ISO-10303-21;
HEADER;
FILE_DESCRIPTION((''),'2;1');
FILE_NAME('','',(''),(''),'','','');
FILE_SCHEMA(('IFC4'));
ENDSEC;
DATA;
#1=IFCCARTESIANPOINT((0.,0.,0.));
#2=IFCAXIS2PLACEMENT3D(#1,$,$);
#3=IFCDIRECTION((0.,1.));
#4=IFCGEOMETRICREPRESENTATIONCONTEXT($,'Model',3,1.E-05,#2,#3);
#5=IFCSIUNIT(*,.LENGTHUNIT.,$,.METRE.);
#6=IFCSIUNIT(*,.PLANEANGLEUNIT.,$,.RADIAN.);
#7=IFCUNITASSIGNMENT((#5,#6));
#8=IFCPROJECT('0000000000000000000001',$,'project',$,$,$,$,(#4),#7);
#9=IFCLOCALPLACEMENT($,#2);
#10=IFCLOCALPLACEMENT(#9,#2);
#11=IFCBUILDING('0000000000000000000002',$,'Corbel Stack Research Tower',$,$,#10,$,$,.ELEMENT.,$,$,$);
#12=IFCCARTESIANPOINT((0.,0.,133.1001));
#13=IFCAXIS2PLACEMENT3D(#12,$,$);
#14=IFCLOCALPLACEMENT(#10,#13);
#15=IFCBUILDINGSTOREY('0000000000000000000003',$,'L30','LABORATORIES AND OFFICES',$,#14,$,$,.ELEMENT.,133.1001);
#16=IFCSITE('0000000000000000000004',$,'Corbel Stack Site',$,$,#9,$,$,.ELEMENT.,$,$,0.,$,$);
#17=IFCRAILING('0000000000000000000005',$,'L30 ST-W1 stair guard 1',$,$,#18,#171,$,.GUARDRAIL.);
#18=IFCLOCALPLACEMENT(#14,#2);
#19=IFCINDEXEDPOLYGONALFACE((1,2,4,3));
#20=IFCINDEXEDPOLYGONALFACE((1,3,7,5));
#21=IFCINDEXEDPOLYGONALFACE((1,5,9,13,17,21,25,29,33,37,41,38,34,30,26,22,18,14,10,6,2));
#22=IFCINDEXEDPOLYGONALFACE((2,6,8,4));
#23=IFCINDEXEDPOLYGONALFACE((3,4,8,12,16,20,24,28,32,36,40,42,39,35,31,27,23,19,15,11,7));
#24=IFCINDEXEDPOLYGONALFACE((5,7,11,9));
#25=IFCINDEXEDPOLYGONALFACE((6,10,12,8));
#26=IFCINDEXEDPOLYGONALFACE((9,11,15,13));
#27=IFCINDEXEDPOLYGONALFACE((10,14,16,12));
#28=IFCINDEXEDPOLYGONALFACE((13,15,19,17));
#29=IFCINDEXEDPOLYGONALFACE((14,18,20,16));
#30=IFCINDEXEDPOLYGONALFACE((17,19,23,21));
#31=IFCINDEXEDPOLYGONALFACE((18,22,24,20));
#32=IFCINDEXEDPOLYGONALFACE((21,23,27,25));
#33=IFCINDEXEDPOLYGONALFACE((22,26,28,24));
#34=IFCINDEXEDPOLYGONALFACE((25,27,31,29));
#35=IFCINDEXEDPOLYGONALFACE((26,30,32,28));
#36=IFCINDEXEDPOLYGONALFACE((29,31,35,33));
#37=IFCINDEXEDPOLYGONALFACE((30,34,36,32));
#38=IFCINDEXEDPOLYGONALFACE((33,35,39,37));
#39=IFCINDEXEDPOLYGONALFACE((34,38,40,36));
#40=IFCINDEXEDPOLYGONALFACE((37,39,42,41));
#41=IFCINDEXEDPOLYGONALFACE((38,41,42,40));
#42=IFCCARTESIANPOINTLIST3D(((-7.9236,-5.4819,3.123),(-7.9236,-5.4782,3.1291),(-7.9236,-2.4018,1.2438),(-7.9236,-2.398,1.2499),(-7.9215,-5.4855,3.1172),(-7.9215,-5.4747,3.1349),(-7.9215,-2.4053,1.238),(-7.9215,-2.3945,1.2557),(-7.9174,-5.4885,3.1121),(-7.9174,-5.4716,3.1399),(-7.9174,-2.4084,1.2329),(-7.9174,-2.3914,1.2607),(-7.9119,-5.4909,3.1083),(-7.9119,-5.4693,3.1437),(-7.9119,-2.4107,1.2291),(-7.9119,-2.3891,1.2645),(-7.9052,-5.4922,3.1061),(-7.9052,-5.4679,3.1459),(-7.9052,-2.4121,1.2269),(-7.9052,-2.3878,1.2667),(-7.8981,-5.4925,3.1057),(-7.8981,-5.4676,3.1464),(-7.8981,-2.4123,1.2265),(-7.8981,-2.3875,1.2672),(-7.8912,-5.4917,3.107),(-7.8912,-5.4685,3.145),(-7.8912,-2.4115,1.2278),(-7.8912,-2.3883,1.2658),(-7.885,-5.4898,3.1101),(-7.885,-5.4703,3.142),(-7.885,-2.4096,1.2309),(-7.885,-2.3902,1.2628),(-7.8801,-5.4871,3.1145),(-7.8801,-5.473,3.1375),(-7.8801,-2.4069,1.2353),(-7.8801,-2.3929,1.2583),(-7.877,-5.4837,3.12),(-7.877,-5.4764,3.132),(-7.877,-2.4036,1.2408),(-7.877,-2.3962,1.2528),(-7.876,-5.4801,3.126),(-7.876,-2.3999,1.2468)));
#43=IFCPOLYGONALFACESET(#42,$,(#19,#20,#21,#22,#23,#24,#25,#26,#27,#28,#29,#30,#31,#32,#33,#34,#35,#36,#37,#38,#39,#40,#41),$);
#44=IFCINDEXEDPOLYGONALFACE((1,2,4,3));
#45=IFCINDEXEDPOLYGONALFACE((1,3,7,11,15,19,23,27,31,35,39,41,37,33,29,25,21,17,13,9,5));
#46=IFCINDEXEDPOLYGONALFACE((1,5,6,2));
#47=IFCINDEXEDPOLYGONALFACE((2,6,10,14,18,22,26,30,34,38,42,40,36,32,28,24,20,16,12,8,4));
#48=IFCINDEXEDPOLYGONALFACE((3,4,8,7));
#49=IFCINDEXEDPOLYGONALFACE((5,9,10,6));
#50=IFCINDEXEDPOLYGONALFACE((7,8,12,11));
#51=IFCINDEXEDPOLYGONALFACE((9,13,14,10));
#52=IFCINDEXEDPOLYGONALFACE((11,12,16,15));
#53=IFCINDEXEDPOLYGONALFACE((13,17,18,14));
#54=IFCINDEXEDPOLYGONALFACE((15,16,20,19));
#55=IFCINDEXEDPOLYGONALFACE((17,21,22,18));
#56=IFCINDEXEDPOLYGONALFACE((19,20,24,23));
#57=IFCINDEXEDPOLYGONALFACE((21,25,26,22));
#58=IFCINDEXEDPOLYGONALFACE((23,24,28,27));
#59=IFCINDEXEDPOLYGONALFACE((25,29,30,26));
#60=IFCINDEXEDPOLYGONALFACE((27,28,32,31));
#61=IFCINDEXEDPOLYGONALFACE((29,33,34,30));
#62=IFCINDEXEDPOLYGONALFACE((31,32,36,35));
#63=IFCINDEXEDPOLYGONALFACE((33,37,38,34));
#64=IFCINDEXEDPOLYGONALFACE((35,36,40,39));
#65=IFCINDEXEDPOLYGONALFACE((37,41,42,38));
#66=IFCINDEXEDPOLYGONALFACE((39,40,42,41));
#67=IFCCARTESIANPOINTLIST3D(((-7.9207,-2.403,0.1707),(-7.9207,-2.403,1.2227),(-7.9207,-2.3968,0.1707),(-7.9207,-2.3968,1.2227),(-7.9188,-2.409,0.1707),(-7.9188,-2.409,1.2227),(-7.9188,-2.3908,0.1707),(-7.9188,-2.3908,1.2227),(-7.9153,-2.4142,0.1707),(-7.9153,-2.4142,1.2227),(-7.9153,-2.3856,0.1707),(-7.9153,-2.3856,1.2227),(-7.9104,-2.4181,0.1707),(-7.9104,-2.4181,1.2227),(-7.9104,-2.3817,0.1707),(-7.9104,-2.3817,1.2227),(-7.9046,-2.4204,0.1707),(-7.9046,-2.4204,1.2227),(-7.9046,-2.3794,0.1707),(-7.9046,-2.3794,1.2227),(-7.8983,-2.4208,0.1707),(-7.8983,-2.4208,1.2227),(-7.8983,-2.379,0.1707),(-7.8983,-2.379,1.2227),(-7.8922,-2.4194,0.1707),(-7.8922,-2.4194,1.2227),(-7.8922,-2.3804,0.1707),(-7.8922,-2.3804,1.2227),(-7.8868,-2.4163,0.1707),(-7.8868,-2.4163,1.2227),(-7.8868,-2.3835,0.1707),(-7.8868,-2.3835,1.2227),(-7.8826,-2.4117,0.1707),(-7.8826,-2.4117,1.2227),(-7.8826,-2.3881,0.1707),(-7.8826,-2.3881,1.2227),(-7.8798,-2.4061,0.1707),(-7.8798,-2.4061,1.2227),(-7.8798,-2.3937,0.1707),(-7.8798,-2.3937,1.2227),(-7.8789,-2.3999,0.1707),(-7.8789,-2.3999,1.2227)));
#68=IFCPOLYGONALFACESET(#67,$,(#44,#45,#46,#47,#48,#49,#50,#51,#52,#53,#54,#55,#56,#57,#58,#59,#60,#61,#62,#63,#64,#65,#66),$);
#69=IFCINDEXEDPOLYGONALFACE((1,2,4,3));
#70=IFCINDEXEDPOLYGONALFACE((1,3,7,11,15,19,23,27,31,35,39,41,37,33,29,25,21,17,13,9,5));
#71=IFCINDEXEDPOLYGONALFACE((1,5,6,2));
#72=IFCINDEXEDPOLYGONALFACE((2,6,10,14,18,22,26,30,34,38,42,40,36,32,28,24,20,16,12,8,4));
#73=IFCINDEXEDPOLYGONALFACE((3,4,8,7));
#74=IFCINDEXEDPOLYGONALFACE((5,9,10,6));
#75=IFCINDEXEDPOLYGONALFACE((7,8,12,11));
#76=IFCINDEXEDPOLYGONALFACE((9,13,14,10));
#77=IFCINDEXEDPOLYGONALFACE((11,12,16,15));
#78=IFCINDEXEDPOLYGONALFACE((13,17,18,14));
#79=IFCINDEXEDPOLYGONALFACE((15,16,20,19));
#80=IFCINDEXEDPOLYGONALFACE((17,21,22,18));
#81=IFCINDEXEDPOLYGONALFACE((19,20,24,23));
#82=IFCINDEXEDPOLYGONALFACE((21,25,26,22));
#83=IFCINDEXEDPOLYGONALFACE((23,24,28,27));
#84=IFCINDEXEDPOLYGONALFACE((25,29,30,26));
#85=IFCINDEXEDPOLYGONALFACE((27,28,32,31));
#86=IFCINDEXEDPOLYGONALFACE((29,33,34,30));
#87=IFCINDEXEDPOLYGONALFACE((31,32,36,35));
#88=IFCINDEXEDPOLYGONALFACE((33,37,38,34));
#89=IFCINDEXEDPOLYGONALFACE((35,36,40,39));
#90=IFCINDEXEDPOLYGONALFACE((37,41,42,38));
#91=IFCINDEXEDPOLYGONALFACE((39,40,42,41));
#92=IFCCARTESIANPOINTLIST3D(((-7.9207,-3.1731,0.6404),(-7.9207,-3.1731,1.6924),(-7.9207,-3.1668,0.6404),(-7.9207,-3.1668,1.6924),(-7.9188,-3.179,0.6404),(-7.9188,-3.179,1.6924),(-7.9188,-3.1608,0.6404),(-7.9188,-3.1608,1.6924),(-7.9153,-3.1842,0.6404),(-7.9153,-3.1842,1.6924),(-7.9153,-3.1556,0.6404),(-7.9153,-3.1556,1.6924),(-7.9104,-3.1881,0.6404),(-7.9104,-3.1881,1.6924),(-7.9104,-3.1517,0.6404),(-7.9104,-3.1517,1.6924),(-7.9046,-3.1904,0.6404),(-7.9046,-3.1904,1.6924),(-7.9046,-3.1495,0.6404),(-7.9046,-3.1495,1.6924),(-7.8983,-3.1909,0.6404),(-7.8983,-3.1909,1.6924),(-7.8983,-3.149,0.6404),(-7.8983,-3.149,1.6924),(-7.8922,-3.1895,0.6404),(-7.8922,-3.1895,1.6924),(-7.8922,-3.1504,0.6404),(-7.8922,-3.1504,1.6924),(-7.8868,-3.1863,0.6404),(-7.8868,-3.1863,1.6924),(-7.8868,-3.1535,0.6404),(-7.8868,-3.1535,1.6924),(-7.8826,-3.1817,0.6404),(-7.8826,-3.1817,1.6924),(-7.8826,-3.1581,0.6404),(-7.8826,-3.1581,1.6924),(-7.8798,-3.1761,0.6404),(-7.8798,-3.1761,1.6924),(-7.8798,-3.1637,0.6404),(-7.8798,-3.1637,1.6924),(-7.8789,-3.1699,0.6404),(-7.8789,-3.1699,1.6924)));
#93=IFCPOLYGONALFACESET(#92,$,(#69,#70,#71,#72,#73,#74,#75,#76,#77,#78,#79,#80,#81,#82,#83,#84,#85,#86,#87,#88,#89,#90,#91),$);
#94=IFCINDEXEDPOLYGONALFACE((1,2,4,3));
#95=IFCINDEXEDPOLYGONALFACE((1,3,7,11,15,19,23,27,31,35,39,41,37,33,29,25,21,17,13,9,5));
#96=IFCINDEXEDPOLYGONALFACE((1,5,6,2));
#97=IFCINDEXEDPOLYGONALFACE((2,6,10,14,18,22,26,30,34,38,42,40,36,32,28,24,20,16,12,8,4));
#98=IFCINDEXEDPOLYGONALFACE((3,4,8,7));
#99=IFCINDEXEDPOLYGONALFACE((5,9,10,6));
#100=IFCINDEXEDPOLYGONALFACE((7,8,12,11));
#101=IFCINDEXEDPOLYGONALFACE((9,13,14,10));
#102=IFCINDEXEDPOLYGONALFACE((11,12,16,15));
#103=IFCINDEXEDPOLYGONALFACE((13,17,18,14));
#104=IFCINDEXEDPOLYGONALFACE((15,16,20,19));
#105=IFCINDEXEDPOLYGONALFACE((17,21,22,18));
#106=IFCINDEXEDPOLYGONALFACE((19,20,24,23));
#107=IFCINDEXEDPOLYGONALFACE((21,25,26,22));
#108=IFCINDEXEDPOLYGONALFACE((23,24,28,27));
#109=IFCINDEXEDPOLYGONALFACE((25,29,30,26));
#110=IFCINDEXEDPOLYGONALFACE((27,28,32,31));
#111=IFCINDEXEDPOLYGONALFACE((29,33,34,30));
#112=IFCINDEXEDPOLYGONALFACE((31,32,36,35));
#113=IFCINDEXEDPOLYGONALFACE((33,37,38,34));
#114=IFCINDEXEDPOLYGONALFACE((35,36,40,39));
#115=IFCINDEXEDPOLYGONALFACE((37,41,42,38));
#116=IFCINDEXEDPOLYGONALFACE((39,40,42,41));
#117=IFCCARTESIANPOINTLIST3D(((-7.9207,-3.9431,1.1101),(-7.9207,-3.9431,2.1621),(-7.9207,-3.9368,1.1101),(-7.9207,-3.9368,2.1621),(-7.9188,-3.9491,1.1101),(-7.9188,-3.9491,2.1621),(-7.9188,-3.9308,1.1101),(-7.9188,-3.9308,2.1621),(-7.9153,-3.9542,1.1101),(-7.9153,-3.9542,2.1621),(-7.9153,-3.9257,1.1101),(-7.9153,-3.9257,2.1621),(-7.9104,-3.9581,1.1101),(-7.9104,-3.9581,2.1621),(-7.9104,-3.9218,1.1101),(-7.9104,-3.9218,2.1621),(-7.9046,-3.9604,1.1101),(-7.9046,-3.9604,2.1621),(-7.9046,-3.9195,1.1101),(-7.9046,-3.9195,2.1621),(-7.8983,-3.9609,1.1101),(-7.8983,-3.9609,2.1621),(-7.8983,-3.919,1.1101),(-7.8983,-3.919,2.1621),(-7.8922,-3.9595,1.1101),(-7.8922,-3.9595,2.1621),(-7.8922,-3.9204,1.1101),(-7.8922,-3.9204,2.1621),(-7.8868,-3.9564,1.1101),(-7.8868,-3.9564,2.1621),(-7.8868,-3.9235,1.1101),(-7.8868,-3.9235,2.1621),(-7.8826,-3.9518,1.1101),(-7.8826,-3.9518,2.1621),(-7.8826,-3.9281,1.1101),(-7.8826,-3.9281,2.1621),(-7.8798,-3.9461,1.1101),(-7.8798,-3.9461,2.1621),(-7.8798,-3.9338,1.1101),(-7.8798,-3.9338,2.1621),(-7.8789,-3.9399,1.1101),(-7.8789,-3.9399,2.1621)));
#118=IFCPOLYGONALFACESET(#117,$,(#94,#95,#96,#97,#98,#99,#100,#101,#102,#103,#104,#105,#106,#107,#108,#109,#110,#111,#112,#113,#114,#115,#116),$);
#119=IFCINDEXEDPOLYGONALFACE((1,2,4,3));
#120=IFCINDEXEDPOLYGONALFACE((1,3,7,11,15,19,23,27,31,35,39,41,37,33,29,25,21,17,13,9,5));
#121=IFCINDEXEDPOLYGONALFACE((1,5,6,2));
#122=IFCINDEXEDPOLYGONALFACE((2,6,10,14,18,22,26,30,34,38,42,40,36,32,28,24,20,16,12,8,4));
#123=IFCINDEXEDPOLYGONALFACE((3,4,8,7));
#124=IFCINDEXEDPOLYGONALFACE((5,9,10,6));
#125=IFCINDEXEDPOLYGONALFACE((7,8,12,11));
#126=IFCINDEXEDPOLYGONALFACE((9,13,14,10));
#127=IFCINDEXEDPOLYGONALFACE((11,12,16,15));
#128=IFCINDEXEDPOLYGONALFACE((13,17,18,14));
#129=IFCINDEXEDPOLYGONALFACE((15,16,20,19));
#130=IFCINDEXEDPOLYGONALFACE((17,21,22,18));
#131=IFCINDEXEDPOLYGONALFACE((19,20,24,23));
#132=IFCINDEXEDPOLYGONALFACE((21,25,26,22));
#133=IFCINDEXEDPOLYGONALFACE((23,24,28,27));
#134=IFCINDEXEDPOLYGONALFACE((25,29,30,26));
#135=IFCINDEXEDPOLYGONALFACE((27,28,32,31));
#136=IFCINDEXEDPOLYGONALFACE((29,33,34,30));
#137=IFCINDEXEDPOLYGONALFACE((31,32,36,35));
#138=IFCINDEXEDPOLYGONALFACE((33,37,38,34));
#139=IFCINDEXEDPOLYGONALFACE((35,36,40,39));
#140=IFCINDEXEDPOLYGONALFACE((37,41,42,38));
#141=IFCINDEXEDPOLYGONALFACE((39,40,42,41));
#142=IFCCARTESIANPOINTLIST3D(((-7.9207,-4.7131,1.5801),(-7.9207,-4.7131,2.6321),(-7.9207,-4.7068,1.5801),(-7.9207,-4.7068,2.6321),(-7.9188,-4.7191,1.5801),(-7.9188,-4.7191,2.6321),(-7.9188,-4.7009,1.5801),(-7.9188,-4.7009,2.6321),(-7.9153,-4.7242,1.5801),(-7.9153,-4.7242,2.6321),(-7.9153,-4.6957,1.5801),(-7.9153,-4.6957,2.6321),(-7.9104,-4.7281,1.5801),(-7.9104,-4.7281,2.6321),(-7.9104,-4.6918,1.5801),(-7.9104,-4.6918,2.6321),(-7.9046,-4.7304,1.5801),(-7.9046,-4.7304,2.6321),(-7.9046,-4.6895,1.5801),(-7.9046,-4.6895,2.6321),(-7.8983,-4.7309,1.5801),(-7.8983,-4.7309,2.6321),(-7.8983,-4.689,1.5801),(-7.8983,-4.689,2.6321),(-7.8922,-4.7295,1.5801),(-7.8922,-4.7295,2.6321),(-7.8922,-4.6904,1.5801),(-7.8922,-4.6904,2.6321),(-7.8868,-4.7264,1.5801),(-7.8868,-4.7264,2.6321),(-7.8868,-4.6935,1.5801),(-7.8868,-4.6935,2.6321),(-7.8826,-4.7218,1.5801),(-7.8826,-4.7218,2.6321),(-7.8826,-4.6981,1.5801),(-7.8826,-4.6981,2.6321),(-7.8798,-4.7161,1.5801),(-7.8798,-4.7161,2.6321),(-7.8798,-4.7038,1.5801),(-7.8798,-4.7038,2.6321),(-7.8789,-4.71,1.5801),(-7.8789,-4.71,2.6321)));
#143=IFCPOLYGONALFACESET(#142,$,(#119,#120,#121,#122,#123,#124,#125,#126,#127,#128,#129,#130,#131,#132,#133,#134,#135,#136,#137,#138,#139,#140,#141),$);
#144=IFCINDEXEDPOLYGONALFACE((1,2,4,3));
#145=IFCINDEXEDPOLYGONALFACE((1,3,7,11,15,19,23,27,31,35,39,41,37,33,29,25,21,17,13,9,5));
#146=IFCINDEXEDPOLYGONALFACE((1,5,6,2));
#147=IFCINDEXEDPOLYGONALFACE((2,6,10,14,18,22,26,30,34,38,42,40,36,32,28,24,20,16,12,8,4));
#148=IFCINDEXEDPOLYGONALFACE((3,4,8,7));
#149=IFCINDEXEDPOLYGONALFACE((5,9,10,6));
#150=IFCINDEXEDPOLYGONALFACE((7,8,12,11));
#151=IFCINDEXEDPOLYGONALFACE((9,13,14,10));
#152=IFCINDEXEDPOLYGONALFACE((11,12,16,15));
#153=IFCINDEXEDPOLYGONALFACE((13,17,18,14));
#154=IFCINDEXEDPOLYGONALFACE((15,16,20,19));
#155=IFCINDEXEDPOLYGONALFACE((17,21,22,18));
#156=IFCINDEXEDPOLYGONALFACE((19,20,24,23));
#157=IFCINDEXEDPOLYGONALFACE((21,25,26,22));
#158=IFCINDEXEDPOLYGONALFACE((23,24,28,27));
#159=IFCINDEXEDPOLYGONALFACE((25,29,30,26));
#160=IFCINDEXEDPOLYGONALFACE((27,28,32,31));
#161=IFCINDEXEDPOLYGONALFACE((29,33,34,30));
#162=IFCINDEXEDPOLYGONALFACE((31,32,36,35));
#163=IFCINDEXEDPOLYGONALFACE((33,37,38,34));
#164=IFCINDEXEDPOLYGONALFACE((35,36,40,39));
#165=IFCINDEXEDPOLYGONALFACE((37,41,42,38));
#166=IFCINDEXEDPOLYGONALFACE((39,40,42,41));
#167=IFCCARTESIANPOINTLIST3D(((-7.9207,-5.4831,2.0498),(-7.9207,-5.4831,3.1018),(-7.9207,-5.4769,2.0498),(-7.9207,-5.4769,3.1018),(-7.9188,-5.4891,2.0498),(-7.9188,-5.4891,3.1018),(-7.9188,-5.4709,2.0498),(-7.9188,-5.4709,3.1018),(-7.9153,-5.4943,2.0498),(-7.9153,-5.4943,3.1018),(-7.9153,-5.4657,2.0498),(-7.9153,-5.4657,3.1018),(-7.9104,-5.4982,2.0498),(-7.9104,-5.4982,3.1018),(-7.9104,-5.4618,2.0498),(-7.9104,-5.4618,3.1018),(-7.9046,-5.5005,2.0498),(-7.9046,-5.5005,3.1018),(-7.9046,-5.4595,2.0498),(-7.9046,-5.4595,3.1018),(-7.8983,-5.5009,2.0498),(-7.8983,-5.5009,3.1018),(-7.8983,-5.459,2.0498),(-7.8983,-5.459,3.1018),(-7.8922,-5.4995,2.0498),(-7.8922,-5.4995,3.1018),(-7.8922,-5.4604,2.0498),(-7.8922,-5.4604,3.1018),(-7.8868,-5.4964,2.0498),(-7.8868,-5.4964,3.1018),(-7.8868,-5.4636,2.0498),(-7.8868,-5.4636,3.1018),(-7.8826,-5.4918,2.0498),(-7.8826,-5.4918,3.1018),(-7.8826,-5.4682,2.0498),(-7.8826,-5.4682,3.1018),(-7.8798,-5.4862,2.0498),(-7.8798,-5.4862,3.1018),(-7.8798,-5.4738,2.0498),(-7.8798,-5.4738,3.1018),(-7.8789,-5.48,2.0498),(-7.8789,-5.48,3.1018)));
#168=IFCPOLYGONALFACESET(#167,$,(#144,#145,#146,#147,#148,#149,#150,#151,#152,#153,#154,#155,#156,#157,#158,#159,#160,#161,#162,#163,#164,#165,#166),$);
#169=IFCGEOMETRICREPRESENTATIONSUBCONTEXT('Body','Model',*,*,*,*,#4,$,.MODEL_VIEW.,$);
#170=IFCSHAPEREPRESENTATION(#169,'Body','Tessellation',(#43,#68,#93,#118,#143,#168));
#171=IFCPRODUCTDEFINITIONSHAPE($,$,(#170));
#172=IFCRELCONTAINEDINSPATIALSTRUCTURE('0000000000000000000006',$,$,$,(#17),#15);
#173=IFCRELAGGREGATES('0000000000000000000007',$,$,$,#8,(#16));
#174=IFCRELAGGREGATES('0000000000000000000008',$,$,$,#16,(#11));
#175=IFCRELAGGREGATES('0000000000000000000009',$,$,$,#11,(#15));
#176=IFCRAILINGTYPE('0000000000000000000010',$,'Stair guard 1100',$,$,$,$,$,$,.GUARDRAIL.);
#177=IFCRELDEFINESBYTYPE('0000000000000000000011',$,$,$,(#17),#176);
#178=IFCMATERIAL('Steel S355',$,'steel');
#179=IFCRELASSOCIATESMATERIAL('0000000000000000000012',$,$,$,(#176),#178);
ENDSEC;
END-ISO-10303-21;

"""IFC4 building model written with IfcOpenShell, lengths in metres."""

from ifc_helpers import new_model, si_unit, direction, frame, origin, origin_2d, place, context, subcontext, project, spatial, circle, extrude, material, type_object, element, save


model = new_model("IFC4")

# Units and contexts
model_context = context("Model", 3, precision=1e-05, world=origin(), true_north=direction((0.0, 1.0)))
body_context = subcontext(model_context, "Body", "Model", "MODEL_VIEW")
ifc_project = project(units=[si_unit("LENGTHUNIT", "METRE"), si_unit("PLANEANGLEUNIT", "RADIAN")], contexts=[model_context])

# Site, building, storey
site_placement = place(None, origin())
site = spatial("IfcSite", under=ifc_project, at=site_placement, Name="Corbel Stack Site", CompositionType="ELEMENT", RefElevation=0.0)
building_placement = place(site_placement, origin())
building = spatial("IfcBuilding", under=site, at=building_placement, Name="Corbel Stack Research Tower", CompositionType="ELEMENT")
storey_placement = place(building_placement, frame((0.0, 0.0, 133.1001)))
storey = spatial("IfcBuildingStorey", under=building, at=storey_placement, Name="L30", Description="LABORATORIES AND OFFICES", CompositionType="ELEMENT", Elevation=133.1001)

# Railing
ifc_material_1 = material(Name="Steel S355", Category="steel")
railing_type_1 = type_object("IfcRailingType", Name="Stair guard 1100", PredefinedType="GUARDRAIL", material=ifc_material_1)
railing_1_placement = place(storey_placement, frame((-7.8999, -2.3999, 0.1707)))
element("IfcRailing", 1, at=railing_1_placement, inside=storey, type_object=railing_type_1, Name="L30 ST-W1 stair guard 1", PredefinedType="GUARDRAIL", context=body_context, shape_type="SweptSolid", body=[
    extrude(circle(Radius=0.0239, at=origin_2d()), frame((0.0, 0.0, 1.0762), z_axis=(0.0, -0.853666, 0.52082), x_axis=(1.0, 0.0, 0.0)), (0.0, 0.0, 1.0), 3.6082),
    extrude(circle(Radius=0.021, at=origin_2d()), origin(), (0.0, 0.0, 1.0), 1.052),
    extrude(circle(Radius=0.021, at=origin_2d()), frame((0.0, -0.77, 0.4697)), (0.0, 0.0, 1.0), 1.052),
    extrude(circle(Radius=0.021, at=origin_2d()), frame((0.0, -1.54, 0.9395)), (0.0, 0.0, 1.0), 1.052),
    extrude(circle(Radius=0.021, at=origin_2d()), frame((0.0, -2.3101, 1.4094)), (0.0, 0.0, 1.0), 1.052),
    extrude(circle(Radius=0.021, at=origin_2d()), frame((0.0, -3.0801, 1.8792)), (0.0, 0.0, 1.0), 1.052),
])

save(model, "model.ifc")
